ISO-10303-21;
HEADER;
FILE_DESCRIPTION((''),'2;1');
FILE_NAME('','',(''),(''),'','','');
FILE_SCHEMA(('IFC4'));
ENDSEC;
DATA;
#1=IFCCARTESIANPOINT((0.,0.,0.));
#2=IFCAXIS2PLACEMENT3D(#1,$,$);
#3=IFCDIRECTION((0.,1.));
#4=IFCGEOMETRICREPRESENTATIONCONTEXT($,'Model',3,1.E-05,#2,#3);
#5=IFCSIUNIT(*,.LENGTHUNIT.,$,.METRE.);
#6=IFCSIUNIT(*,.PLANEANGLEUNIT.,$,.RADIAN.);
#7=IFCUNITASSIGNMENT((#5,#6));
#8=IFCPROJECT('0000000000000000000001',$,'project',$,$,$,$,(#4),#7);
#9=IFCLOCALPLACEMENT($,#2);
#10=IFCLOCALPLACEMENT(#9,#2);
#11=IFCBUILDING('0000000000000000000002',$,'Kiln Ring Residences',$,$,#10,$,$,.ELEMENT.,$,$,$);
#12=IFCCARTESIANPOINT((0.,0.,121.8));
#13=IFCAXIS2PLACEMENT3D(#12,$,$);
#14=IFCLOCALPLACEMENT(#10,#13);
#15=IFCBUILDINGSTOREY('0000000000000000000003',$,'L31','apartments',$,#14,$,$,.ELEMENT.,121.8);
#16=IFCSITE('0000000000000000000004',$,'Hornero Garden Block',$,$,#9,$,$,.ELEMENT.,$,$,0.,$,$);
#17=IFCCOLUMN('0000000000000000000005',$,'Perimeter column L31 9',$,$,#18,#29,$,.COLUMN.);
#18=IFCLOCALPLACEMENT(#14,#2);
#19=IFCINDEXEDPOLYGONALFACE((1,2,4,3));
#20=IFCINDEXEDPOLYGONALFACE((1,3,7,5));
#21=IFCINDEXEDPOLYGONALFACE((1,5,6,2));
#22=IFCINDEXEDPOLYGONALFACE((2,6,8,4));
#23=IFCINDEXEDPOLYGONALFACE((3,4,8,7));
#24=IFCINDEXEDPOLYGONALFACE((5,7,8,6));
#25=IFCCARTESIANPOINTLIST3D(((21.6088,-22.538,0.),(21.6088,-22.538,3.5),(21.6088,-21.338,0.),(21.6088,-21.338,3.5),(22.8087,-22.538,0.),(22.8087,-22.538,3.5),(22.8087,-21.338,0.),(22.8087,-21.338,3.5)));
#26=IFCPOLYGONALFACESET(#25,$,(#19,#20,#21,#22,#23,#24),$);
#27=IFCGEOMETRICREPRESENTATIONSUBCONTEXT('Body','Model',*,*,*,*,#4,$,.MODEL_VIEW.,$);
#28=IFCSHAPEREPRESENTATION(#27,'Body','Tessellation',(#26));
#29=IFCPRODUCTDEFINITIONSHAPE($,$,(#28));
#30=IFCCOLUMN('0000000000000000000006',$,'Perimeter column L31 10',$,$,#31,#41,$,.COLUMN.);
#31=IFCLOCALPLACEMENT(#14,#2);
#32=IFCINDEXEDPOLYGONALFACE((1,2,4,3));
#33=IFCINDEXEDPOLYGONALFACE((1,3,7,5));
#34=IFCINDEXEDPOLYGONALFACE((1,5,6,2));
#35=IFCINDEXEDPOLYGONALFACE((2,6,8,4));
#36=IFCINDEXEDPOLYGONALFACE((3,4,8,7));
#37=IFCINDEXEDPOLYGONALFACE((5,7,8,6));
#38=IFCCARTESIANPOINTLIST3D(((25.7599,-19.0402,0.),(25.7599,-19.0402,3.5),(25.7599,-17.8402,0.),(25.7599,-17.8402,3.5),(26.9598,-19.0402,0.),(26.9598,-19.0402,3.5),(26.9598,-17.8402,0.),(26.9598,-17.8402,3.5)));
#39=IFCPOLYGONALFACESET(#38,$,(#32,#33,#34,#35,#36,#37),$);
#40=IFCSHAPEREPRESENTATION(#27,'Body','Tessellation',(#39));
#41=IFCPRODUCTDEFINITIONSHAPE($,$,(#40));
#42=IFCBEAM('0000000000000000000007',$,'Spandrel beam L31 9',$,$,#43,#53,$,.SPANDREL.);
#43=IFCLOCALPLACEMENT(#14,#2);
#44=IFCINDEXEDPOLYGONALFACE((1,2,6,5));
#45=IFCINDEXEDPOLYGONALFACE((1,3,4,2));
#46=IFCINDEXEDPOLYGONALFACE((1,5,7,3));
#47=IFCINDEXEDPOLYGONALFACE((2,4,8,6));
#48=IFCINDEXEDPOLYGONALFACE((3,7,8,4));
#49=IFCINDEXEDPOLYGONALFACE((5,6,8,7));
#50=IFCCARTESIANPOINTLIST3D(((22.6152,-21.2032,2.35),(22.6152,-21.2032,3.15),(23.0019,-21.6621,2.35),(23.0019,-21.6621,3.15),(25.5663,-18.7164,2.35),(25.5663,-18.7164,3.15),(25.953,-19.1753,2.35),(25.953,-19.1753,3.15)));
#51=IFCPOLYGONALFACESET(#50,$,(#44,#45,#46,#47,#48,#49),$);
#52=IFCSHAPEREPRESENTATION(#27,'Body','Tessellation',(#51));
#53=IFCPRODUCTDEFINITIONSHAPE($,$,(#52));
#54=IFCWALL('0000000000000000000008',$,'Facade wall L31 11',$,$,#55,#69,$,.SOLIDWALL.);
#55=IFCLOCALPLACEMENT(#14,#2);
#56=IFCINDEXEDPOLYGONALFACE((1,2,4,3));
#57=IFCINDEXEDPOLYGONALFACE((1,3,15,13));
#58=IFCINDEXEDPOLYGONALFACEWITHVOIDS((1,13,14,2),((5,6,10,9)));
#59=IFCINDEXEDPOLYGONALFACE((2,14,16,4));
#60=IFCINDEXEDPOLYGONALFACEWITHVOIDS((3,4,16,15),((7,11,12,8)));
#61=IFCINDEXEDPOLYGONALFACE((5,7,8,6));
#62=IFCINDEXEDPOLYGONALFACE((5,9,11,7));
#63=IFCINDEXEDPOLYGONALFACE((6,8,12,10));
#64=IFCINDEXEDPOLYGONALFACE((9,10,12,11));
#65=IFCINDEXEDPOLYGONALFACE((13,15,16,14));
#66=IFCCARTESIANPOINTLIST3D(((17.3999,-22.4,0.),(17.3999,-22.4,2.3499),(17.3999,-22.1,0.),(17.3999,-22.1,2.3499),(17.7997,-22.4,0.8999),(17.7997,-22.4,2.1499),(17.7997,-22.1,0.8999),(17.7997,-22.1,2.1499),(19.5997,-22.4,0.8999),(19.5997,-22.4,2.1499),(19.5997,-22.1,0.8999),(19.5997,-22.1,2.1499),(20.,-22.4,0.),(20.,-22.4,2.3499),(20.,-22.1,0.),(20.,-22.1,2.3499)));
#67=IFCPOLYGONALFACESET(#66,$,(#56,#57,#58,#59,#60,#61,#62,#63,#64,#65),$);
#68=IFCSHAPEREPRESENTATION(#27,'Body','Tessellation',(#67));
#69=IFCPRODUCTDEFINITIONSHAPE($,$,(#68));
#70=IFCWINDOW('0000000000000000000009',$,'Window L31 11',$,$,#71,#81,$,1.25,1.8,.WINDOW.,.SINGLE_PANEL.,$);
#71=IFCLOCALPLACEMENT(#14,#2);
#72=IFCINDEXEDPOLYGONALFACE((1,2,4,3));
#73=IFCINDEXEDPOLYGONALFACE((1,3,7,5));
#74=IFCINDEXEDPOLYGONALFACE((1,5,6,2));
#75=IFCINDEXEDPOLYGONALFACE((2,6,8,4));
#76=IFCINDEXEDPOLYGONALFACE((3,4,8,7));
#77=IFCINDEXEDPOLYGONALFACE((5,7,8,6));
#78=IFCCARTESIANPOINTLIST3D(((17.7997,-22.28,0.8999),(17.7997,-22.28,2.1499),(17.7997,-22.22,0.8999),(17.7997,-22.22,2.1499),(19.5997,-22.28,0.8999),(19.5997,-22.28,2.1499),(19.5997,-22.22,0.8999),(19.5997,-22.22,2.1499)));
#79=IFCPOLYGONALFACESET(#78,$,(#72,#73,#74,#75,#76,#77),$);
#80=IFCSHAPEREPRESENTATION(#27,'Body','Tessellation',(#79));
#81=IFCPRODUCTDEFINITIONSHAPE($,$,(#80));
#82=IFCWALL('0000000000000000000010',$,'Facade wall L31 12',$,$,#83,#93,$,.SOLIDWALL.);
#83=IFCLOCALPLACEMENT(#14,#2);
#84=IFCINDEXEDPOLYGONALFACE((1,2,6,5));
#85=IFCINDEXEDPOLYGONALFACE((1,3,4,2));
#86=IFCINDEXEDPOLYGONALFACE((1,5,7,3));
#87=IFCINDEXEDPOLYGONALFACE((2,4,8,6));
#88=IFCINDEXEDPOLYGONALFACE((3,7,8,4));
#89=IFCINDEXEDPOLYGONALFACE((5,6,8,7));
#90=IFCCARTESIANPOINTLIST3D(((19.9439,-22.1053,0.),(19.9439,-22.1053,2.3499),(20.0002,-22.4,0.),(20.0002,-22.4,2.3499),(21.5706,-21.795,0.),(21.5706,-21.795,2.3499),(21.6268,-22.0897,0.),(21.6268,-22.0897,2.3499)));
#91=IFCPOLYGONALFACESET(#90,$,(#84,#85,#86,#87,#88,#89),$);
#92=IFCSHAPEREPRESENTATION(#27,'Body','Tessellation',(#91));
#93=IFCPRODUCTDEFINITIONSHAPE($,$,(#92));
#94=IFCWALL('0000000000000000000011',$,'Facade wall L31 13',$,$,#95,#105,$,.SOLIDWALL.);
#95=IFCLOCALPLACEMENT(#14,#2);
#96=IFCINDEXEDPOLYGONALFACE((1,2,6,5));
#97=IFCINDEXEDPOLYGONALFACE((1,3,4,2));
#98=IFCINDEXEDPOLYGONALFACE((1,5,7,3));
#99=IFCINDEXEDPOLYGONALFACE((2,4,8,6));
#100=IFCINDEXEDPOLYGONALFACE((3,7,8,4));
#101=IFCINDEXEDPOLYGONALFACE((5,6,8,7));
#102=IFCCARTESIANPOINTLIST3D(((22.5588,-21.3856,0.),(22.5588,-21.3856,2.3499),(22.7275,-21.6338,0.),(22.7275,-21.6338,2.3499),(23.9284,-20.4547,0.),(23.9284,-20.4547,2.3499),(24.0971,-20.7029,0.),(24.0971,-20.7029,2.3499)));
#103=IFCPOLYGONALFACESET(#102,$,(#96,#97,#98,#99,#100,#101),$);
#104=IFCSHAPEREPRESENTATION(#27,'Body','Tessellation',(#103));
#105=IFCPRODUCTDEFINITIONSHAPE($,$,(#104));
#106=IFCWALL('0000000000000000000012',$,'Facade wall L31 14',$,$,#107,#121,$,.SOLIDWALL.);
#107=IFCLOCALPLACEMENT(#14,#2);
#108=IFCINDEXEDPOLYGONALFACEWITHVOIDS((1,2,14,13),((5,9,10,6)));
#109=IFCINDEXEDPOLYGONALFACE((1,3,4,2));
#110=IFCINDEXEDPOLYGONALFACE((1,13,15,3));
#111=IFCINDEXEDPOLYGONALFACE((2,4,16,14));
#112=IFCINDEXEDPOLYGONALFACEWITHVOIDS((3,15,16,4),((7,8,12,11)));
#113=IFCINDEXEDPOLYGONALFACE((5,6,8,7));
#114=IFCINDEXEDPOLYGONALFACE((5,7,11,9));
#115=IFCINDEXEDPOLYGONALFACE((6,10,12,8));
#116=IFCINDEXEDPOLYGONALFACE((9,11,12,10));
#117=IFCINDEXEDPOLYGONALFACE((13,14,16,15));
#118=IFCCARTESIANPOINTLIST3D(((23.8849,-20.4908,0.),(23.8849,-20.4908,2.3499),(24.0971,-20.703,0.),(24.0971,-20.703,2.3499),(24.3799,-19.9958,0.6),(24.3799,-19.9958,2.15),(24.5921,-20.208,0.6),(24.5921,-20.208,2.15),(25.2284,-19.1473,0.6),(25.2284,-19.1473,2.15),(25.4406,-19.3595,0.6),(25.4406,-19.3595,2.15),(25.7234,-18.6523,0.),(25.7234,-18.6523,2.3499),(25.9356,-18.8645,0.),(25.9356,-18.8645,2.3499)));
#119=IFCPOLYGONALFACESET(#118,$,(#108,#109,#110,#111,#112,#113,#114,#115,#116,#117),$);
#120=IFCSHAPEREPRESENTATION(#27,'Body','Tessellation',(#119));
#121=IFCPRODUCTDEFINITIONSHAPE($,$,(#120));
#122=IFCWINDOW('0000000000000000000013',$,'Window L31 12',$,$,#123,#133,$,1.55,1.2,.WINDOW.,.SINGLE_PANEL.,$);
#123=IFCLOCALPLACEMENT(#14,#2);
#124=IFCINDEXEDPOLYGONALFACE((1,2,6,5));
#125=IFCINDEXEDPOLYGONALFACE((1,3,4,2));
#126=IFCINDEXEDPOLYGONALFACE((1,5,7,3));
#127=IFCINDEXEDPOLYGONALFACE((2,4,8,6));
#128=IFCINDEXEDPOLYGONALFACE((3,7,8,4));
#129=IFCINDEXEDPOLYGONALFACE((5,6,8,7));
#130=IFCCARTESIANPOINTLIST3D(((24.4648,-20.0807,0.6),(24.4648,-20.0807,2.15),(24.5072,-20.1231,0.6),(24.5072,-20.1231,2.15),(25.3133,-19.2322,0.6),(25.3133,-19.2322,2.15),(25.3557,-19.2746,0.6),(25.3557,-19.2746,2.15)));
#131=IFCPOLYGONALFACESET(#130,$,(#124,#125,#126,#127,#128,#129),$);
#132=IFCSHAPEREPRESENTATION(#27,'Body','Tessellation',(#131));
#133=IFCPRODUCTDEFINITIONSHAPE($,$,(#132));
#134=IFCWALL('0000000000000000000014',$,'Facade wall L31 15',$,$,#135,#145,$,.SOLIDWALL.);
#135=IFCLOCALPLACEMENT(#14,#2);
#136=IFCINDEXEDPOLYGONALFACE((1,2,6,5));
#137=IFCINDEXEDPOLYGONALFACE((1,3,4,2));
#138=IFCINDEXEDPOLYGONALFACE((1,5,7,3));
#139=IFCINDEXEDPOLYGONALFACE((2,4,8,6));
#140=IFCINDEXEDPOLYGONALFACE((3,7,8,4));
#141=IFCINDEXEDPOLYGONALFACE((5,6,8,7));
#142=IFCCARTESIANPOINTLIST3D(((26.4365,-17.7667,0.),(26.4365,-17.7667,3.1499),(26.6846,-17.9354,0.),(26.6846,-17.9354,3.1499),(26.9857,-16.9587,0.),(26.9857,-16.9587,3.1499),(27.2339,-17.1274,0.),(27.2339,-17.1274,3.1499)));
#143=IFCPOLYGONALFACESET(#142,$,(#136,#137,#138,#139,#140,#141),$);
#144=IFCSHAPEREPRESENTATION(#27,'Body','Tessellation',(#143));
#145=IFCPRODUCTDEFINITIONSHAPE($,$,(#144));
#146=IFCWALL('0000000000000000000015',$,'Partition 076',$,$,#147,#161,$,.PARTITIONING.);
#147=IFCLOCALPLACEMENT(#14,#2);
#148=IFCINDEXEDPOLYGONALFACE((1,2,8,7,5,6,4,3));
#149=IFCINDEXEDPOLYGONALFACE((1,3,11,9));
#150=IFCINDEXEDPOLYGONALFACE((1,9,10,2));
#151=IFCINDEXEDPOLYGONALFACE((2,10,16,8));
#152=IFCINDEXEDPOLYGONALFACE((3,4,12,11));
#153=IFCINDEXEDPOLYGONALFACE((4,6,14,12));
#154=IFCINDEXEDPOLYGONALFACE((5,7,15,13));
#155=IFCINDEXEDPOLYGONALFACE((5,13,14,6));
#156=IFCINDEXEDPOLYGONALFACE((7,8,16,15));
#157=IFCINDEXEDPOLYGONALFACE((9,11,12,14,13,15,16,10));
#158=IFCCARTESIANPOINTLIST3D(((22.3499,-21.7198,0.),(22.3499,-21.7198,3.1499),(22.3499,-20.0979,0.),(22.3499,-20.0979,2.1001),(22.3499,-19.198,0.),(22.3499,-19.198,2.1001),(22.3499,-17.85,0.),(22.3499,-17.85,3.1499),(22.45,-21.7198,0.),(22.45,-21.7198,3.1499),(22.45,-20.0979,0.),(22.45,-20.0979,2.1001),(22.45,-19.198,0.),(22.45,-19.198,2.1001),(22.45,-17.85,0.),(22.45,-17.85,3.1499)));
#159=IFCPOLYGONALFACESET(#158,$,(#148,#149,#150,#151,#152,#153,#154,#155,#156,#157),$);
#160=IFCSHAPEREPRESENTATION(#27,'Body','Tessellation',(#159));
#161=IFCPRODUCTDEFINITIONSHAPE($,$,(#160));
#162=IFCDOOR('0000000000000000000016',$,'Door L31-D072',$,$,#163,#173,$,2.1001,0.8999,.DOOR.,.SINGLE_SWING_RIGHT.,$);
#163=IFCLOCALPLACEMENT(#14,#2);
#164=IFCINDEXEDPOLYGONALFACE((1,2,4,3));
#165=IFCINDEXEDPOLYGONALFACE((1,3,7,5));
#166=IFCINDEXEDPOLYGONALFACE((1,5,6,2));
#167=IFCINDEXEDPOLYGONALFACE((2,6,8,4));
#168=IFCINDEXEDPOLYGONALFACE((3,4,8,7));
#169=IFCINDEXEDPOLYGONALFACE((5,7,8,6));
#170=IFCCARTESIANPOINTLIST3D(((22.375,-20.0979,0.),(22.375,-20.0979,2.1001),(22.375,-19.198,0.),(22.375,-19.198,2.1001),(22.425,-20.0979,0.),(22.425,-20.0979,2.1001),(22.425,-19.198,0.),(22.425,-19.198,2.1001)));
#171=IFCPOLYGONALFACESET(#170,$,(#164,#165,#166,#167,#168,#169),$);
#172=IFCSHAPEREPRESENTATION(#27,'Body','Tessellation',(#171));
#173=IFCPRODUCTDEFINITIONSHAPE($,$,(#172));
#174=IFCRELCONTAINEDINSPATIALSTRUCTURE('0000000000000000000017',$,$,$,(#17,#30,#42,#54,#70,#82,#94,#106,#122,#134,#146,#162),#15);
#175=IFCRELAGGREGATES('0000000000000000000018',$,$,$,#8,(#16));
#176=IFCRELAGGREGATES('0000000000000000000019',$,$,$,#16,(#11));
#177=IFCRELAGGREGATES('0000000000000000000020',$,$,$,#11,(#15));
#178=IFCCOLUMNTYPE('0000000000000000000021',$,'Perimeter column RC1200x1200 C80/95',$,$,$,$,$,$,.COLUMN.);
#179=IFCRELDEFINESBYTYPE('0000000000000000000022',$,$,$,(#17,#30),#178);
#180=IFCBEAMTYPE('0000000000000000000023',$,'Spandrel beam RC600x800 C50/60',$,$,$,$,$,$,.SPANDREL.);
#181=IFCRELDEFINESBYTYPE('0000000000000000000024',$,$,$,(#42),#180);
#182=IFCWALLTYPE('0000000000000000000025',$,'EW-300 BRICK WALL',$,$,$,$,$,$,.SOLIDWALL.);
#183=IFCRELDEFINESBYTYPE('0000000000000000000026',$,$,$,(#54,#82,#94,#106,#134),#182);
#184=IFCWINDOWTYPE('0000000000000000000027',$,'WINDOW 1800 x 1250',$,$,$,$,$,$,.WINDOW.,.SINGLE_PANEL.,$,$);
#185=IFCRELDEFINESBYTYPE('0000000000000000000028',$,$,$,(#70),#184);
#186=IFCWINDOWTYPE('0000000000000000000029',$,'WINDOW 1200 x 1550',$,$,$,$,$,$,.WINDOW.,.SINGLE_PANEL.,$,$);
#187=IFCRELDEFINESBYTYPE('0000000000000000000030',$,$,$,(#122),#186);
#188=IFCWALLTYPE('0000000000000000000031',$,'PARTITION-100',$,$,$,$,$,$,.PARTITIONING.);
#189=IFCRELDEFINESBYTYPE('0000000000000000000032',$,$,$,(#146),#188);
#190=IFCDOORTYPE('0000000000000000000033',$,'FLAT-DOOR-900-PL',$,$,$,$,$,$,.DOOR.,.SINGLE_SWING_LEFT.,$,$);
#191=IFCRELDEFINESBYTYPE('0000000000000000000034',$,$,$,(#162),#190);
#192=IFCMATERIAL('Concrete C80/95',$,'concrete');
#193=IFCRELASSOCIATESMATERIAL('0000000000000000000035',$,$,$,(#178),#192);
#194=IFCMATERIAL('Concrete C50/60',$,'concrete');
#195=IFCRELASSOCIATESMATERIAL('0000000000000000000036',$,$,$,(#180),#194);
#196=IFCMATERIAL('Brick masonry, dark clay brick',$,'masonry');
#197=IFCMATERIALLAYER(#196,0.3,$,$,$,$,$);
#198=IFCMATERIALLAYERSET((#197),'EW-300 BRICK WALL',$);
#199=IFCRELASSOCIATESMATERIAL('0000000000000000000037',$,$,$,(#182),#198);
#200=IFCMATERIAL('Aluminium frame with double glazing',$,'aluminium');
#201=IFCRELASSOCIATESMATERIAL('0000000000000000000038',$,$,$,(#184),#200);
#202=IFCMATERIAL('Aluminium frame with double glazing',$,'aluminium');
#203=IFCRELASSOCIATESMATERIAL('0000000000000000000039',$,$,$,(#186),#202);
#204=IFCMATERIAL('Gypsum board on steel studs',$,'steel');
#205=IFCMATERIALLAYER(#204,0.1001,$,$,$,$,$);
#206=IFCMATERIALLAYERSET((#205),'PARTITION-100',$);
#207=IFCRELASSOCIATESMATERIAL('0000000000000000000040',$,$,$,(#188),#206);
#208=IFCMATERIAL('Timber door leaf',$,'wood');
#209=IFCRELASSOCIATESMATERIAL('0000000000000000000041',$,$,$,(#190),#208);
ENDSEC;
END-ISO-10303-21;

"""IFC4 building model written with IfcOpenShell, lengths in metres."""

from ifc_helpers import new_model, si_unit, direction, frame, frame_2d, origin, origin_2d, place, context, subcontext, project, spatial, rectangle, extrude, material, layer, layer_set, material_profile, profile_set, type_object, element, fill, save


model = new_model("IFC4")

# Units and contexts
model_context = context("Model", 3, precision=1e-05, world=origin(), true_north=direction((0.0, 1.0)))
body_context = subcontext(model_context, "Body", "Model", "MODEL_VIEW")
ifc_project = project(units=[si_unit("LENGTHUNIT", "METRE"), si_unit("PLANEANGLEUNIT", "RADIAN")], contexts=[model_context])

# Site, building, storey
site_placement = place(None, origin())
site = spatial("IfcSite", under=ifc_project, at=site_placement, Name="Hornero Garden Block", CompositionType="ELEMENT", RefElevation=0.0)
building_placement = place(site_placement, origin())
building = spatial("IfcBuilding", under=site, at=building_placement, Name="Kiln Ring Residences", CompositionType="ELEMENT")
storey_placement = place(building_placement, frame((0.0, 0.0, 121.8)))
storey = spatial("IfcBuildingStorey", under=building, at=storey_placement, Name="L31", Description="apartments", CompositionType="ELEMENT", Elevation=121.8)

# Columns
ifc_material_1 = material(Name="Concrete C80/95", Category="concrete")
ifc_material_profile_1 = material_profile(ifc_material_1, rectangle(XDim=1.2, YDim=1.2, at=origin_2d()), Name="RC1200x1200")
ifc_profile_set_1 = profile_set([ifc_material_profile_1], Name="Concrete C80/95")
column_type = type_object("IfcColumnType", Name="Perimeter column RC1200x1200 C80/95", PredefinedType="COLUMN", material=ifc_profile_set_1)
for number, where, z_axis, x_axis, name in (
    (1, (22.2087, -21.938, 0.0), (0.0, 0.0, 1.0), (1.0, 0.0, 0.0), "Perimeter column L31 9"),
    (2, (26.3599, -18.4402, 0.0), (0.0, 0.0, 1.0), (1.0, 0.0, 0.0), "Perimeter column L31 10"),
):
    element("IfcColumn", number, at=place(storey_placement, frame(where, z_axis=z_axis, x_axis=x_axis)), inside=storey, type_object=column_type, Name=name, PredefinedType="COLUMN", context=body_context, shape_type="SweptSolid", body=[
        extrude(rectangle(XDim=1.2, YDim=1.2, at=origin_2d()), origin(), (0.0, 0.0, 1.0), 3.5),
    ])

# Beam
ifc_material_2 = material(Name="Concrete C50/60", Category="concrete")
ifc_material_profile_2 = material_profile(ifc_material_2, rectangle(XDim=0.6001, YDim=0.8, at=origin_2d()), Name="RC600x800")
ifc_profile_set_2 = profile_set([ifc_material_profile_2], Name="Concrete C50/60")
beam_type = type_object("IfcBeamType", Name="Spandrel beam RC600x800 C50/60", PredefinedType="SPANDREL", material=ifc_profile_set_2)
beam_placement = place(storey_placement, frame((22.8086, -21.4326, 2.75), z_axis=(0.764704, 0.644381, 0.0), x_axis=(-0.644381, 0.764704, 0.0)))
element("IfcBeam", 3, at=beam_placement, inside=storey, type_object=beam_type, Name="Spandrel beam L31 9", PredefinedType="SPANDREL", context=body_context, shape_type="SweptSolid", body=[
    extrude(rectangle(XDim=0.6001, YDim=0.8, at=origin_2d()), origin(), (0.0, 0.0, 1.0), 3.8591),
])

# Wall, opening, window
ifc_material_3 = material(Name="Brick masonry, dark clay brick", Category="masonry")
ifc_layer_1 = layer(ifc_material_3, 0.3)
ifc_layer_set_1 = layer_set([ifc_layer_1], Name="EW-300 BRICK WALL")
wall_type_1 = type_object("IfcWallType", Name="EW-300 BRICK WALL", PredefinedType="SOLIDWALL", material=ifc_layer_set_1)
wall_1_placement = place(storey_placement, frame((17.3999, -22.25, 0.0), z_axis=(0.0, 0.0, 1.0), x_axis=(1.0, 0.0, 0.0)))
wall_1 = element("IfcWall", 4, at=wall_1_placement, inside=storey, type_object=wall_type_1, Name="Facade wall L31 11", PredefinedType="SOLIDWALL", context=body_context, shape_type="SweptSolid", body=[
    extrude(rectangle(XDim=2.6001, YDim=0.3, at=frame_2d((1.3, 0.0))), origin(), (0.0, 0.0, 1.0), 2.3499),
])
opening_1_placement = place(wall_1_placement, frame((0.3999, 0.0, 0.8999)))
opening_1 = element("IfcOpeningElement", 5, at=opening_1_placement, cuts=wall_1, PredefinedType="OPENING", context=body_context, shape_type="SweptSolid", body=[
    extrude(rectangle(XDim=1.8, YDim=1.25, at=frame_2d((0.8999, 0.625))), frame((0.0, 0.1599, 0.0), z_axis=(0.0, -1.0, 0.0), x_axis=(1.0, 0.0, 0.0)), (0.0, 0.0, 1.0), 0.3201),
])
ifc_material_4 = material(Name="Aluminium frame with double glazing", Category="aluminium")
window_type_1 = type_object("IfcWindowType", Name="WINDOW 1800 x 1250", PartitioningType="SINGLE_PANEL", PredefinedType="WINDOW", material=ifc_material_4)
window_1_placement = place(opening_1_placement, origin())
window_1 = element("IfcWindow", 6, at=window_1_placement, inside=storey, type_object=window_type_1, Name="Window L31 11", OverallHeight=1.25, OverallWidth=1.8, PartitioningType="SINGLE_PANEL", PredefinedType="WINDOW", context=body_context, shape_type="SweptSolid", body=[
    extrude(rectangle(XDim=1.8, YDim=1.25, at=frame_2d((0.8999, 0.625))), frame((0.0, 0.03, 0.0), z_axis=(0.0, -1.0, 0.0), x_axis=(1.0, 0.0, 0.0)), (0.0, 0.0, 1.0), 0.0601),
])
fill(opening_1, window_1)

# Walls
for number, where, z_axis, x_axis, name in (
    (7, (19.9719, -22.2527, 0.0), (0.0, 0.0, 1.0), (0.982288, 0.187376, 0.0), "Facade wall L31 12"),
    (8, (22.6431, -21.5098, 0.0), (0.0, 0.0, 1.0), (0.82705, 0.562129, 0.0), "Facade wall L31 13"),
):
    element("IfcWall", number, at=place(storey_placement, frame(where, z_axis=z_axis, x_axis=x_axis)), inside=storey, type_object=wall_type_1, Name=name, PredefinedType="SOLIDWALL", context=body_context, shape_type="SweptSolid", body=[
        extrude(rectangle(XDim=1.656, YDim=0.3, at=frame_2d((0.8281, 0.0))), origin(), (0.0, 0.0, 1.0), 2.3499),
    ])

# Wall, opening, window
wall_2_placement = place(storey_placement, frame((23.991, -20.5969, 0.0), z_axis=(0.0, 0.0, 1.0), x_axis=(0.707107, 0.707107, 0.0)))
wall_2 = element("IfcWall", 9, at=wall_2_placement, inside=storey, type_object=wall_type_1, Name="Facade wall L31 14", PredefinedType="SOLIDWALL", context=body_context, shape_type="SweptSolid", body=[
    extrude(rectangle(XDim=2.6001, YDim=0.3, at=frame_2d((1.3, 0.0))), origin(), (0.0, 0.0, 1.0), 2.3499),
])
opening_2_placement = place(wall_2_placement, frame((0.7, 0.0, 0.6001)))
opening_2 = element("IfcOpeningElement", 10, at=opening_2_placement, cuts=wall_2, PredefinedType="OPENING", context=body_context, shape_type="SweptSolid", body=[
    extrude(rectangle(XDim=1.2, YDim=1.55, at=frame_2d((0.6001, 0.7749))), frame((0.0, 0.1599, 0.0), z_axis=(0.0, -1.0, 0.0), x_axis=(1.0, 0.0, 0.0)), (0.0, 0.0, 1.0), 0.3201),
])
ifc_material_5 = material(Name="Aluminium frame with double glazing", Category="aluminium")
window_type_2 = type_object("IfcWindowType", Name="WINDOW 1200 x 1550", PartitioningType="SINGLE_PANEL", PredefinedType="WINDOW", material=ifc_material_5)
window_2_placement = place(opening_2_placement, origin())
window_2 = element("IfcWindow", 11, at=window_2_placement, inside=storey, type_object=window_type_2, Name="Window L31 12", OverallHeight=1.55, OverallWidth=1.2, PartitioningType="SINGLE_PANEL", PredefinedType="WINDOW", context=body_context, shape_type="SweptSolid", body=[
    extrude(rectangle(XDim=1.2, YDim=1.55, at=frame_2d((0.6001, 0.7749))), frame((0.0, 0.03, 0.0), z_axis=(0.0, -1.0, 0.0), x_axis=(1.0, 0.0, 0.0)), (0.0, 0.0, 1.0), 0.0601),
])
fill(opening_2, window_2)

# Wall
wall_3_placement = place(storey_placement, frame((26.5605, -17.8511, 0.0), z_axis=(0.0, 0.0, 1.0), x_axis=(0.562173, 0.827019, 0.0)))
element("IfcWall", 12, at=wall_3_placement, inside=storey, type_object=wall_type_1, Name="Facade wall L31 15", PredefinedType="SOLIDWALL", context=body_context, shape_type="SweptSolid", body=[
    extrude(rectangle(XDim=0.9771, YDim=0.3, at=frame_2d((0.4885, 0.0))), origin(), (0.0, 0.0, 1.0), 3.1499),
])

# Wall, opening, door
ifc_material_6 = material(Name="Gypsum board on steel studs", Category="steel")
ifc_layer_2 = layer(ifc_material_6, 0.1001)
ifc_layer_set_2 = layer_set([ifc_layer_2], Name="PARTITION-100")
wall_type_2 = type_object("IfcWallType", Name="PARTITION-100", PredefinedType="PARTITIONING", material=ifc_layer_set_2)
wall_4_placement = place(storey_placement, frame((22.3999, -21.72, 0.0), z_axis=(0.0, 0.0, 1.0), x_axis=(0.0, 1.0, 0.0)))
wall_4 = element("IfcWall", 13, at=wall_4_placement, inside=storey, type_object=wall_type_2, Name="Partition 076", PredefinedType="PARTITIONING", context=body_context, shape_type="SweptSolid", body=[
    extrude(rectangle(XDim=3.8699, YDim=0.1001, at=frame_2d((1.9351, 0.0))), origin(), (0.0, 0.0, 1.0), 3.1499),
])
opening_3_placement = place(wall_4_placement, frame((1.6221, 0.0, 0.0)))
opening_3 = element("IfcOpeningElement", 14, at=opening_3_placement, cuts=wall_4, PredefinedType="OPENING", context=body_context, shape_type="SweptSolid", body=[
    extrude(rectangle(XDim=0.8999, YDim=2.1001, at=frame_2d((0.45, 1.05))), frame((0.0, 0.0601, 0.0), z_axis=(0.0, -1.0, 0.0), x_axis=(1.0, 0.0, 0.0)), (0.0, 0.0, 1.0), 0.1201),
])
ifc_material_7 = material(Name="Timber door leaf", Category="wood")
door_type = type_object("IfcDoorType", Name="FLAT-DOOR-900-PL", OperationType="SINGLE_SWING_LEFT", PredefinedType="DOOR", material=ifc_material_7)
door_placement = place(opening_3_placement, origin())
door = element("IfcDoor", 15, at=door_placement, inside=storey, type_object=door_type, Name="Door L31-D072", OperationType="SINGLE_SWING_RIGHT", OverallHeight=2.1001, OverallWidth=0.8999, PredefinedType="DOOR", context=body_context, shape_type="SweptSolid", body=[
    extrude(rectangle(XDim=0.8999, YDim=2.1001, at=frame_2d((0.45, 1.05))), frame((0.0, 0.0249, 0.0), z_axis=(0.0, -1.0, 0.0), x_axis=(1.0, 0.0, 0.0)), (0.0, 0.0, 1.0), 0.05),
])
fill(opening_3, door)

save(model, "model.ifc")
